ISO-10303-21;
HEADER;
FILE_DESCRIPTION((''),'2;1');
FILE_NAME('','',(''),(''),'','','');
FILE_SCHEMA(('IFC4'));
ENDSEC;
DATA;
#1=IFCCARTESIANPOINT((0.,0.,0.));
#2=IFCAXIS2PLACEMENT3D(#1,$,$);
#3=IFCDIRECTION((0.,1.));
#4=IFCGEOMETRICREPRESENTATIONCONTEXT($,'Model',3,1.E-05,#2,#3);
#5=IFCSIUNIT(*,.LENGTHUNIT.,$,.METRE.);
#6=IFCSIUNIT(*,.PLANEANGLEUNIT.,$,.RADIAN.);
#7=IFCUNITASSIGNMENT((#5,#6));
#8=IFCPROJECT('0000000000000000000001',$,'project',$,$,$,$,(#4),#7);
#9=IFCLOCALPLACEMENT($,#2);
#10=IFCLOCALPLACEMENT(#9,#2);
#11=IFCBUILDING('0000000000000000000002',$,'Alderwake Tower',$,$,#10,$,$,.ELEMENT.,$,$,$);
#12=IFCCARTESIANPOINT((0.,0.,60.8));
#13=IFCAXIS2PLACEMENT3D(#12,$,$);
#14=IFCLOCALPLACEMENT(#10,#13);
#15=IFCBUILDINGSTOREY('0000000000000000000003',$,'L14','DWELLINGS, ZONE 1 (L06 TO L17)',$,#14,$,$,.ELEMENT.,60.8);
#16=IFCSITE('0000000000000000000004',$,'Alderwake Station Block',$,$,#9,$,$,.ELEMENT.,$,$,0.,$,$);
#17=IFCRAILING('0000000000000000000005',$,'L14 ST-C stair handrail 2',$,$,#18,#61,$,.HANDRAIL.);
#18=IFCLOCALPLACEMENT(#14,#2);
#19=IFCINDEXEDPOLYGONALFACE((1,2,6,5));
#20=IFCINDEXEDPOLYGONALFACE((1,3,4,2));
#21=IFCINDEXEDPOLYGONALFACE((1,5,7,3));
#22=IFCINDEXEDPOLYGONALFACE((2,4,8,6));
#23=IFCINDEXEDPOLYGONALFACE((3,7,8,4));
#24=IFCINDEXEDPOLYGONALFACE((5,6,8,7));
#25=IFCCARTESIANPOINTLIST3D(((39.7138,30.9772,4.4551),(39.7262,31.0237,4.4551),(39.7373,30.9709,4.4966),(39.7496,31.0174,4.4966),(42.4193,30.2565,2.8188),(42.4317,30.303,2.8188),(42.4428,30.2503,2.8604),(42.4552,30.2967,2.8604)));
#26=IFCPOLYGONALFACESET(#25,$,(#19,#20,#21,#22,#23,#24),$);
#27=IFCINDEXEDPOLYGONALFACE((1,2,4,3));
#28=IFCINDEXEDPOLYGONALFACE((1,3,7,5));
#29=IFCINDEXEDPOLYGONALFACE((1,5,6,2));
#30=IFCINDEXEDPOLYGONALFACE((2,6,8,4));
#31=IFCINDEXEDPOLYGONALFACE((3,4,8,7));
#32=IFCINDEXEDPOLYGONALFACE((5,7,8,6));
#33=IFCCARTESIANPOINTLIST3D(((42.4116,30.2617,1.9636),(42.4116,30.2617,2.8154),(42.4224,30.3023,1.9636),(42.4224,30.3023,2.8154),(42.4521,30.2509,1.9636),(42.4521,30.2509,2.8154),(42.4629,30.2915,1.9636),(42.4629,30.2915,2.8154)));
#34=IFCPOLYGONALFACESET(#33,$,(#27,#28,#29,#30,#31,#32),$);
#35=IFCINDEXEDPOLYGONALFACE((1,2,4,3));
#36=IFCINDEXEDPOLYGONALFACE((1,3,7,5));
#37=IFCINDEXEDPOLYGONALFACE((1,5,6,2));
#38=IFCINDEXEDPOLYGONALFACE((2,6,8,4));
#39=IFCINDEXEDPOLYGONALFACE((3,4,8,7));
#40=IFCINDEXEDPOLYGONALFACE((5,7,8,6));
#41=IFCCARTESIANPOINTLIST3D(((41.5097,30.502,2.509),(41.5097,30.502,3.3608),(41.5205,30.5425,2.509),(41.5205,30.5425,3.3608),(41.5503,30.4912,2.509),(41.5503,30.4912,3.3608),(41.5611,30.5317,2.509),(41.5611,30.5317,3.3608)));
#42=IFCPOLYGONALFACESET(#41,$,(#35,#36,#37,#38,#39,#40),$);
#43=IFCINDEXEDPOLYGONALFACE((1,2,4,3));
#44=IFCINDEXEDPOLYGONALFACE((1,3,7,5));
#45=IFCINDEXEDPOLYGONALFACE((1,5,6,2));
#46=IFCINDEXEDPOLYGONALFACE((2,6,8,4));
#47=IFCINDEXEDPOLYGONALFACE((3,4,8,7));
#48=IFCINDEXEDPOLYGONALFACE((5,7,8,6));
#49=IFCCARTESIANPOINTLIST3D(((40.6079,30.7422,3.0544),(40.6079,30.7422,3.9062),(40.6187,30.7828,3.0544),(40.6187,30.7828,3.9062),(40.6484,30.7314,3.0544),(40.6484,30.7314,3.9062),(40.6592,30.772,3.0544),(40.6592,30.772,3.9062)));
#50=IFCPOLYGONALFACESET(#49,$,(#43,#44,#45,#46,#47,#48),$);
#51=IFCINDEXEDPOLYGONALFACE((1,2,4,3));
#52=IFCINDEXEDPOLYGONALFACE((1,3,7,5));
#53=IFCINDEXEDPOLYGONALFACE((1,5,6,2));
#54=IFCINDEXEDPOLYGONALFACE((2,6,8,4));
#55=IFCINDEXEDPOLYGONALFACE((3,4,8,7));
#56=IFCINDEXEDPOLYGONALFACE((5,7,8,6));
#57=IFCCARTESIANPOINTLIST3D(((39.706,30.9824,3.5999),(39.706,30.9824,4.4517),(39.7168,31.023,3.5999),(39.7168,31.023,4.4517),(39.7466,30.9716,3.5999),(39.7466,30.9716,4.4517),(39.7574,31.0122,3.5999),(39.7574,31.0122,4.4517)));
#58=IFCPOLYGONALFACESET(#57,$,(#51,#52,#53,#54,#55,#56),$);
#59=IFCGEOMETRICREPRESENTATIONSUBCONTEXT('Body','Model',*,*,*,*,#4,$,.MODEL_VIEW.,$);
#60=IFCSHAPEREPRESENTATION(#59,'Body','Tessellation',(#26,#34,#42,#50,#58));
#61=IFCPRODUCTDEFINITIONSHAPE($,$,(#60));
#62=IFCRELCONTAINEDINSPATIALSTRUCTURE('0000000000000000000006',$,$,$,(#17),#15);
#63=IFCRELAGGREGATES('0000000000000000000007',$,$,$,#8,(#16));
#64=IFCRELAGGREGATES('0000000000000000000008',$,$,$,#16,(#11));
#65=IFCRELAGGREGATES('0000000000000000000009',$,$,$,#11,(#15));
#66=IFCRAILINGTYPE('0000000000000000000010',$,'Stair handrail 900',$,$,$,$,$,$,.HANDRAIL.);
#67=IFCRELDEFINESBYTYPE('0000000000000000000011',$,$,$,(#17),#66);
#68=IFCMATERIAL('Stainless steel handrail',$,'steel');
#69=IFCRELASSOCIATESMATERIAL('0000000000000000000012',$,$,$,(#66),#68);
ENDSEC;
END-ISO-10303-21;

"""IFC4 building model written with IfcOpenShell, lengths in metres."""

from ifc_helpers import new_model, si_unit, direction, frame, origin, origin_2d, place, context, subcontext, project, spatial, rectangle, extrude, material, type_object, element, save


model = new_model("IFC4")

# Units and contexts
model_context = context("Model", 3, precision=1e-05, world=origin(), true_north=direction((0.0, 1.0)))
body_context = subcontext(model_context, "Body", "Model", "MODEL_VIEW")
ifc_project = project(units=[si_unit("LENGTHUNIT", "METRE"), si_unit("PLANEANGLEUNIT", "RADIAN")], contexts=[model_context])

# Site, building, storey
site_placement = place(None, origin())
site = spatial("IfcSite", under=ifc_project, at=site_placement, Name="Alderwake Station Block", CompositionType="ELEMENT", RefElevation=0.0)
building_placement = place(site_placement, origin())
building = spatial("IfcBuilding", under=site, at=building_placement, Name="Alderwake Tower", CompositionType="ELEMENT")
storey_placement = place(building_placement, frame((0.0, 0.0, 60.8)))
storey = spatial("IfcBuildingStorey", under=building, at=storey_placement, Name="L14", Description="DWELLINGS, ZONE 1 (L06 TO L17)", CompositionType="ELEMENT", Elevation=60.8)

# Railing
ifc_material_1 = material(Name="Stainless steel handrail", Category="steel")
railing_type_1 = type_object("IfcRailingType", Name="Stair handrail 900", PredefinedType="HANDRAIL", material=ifc_material_1)
railing_1_placement = place(storey_placement, frame((42.4373, 30.2766, 1.9636)))
element("IfcRailing", 1, at=railing_1_placement, inside=storey, type_object=railing_type_1, Name="L14 ST-C stair handrail 2", PredefinedType="HANDRAIL", context=body_context, shape_type="SweptSolid", body=[
    extrude(rectangle(XDim=0.0481, YDim=0.0481, at=origin_2d()), frame((0.0, 0.0, 0.876), z_axis=(-0.834291, 0.222237, 0.504549), x_axis=(-0.257402, -0.966304, 0.0)), (0.0, 0.0, 1.0), 3.2429),
    extrude(rectangle(XDim=0.042, YDim=0.042, at=origin_2d()), frame((0.0, 0.0, 0.0), z_axis=(0.0, 0.0, 1.0), x_axis=(-0.966304, 0.257402, 0.0)), (0.0, 0.0, 1.0), 0.8518),
    extrude(rectangle(XDim=0.042, YDim=0.042, at=origin_2d()), frame((-0.9019, 0.2402, 0.5454), z_axis=(0.0, 0.0, 1.0), x_axis=(-0.966304, 0.257402, 0.0)), (0.0, 0.0, 1.0), 0.8518),
    extrude(rectangle(XDim=0.042, YDim=0.042, at=origin_2d()), frame((-1.8037, 0.4805, 1.0908), z_axis=(0.0, 0.0, 1.0), x_axis=(-0.966304, 0.257402, 0.0)), (0.0, 0.0, 1.0), 0.8518),
    extrude(rectangle(XDim=0.042, YDim=0.042, at=origin_2d()), frame((-2.7056, 0.7207, 1.6362), z_axis=(0.0, 0.0, 1.0), x_axis=(-0.966304, 0.257402, 0.0)), (0.0, 0.0, 1.0), 0.8518),
])

save(model, "model.ifc")
